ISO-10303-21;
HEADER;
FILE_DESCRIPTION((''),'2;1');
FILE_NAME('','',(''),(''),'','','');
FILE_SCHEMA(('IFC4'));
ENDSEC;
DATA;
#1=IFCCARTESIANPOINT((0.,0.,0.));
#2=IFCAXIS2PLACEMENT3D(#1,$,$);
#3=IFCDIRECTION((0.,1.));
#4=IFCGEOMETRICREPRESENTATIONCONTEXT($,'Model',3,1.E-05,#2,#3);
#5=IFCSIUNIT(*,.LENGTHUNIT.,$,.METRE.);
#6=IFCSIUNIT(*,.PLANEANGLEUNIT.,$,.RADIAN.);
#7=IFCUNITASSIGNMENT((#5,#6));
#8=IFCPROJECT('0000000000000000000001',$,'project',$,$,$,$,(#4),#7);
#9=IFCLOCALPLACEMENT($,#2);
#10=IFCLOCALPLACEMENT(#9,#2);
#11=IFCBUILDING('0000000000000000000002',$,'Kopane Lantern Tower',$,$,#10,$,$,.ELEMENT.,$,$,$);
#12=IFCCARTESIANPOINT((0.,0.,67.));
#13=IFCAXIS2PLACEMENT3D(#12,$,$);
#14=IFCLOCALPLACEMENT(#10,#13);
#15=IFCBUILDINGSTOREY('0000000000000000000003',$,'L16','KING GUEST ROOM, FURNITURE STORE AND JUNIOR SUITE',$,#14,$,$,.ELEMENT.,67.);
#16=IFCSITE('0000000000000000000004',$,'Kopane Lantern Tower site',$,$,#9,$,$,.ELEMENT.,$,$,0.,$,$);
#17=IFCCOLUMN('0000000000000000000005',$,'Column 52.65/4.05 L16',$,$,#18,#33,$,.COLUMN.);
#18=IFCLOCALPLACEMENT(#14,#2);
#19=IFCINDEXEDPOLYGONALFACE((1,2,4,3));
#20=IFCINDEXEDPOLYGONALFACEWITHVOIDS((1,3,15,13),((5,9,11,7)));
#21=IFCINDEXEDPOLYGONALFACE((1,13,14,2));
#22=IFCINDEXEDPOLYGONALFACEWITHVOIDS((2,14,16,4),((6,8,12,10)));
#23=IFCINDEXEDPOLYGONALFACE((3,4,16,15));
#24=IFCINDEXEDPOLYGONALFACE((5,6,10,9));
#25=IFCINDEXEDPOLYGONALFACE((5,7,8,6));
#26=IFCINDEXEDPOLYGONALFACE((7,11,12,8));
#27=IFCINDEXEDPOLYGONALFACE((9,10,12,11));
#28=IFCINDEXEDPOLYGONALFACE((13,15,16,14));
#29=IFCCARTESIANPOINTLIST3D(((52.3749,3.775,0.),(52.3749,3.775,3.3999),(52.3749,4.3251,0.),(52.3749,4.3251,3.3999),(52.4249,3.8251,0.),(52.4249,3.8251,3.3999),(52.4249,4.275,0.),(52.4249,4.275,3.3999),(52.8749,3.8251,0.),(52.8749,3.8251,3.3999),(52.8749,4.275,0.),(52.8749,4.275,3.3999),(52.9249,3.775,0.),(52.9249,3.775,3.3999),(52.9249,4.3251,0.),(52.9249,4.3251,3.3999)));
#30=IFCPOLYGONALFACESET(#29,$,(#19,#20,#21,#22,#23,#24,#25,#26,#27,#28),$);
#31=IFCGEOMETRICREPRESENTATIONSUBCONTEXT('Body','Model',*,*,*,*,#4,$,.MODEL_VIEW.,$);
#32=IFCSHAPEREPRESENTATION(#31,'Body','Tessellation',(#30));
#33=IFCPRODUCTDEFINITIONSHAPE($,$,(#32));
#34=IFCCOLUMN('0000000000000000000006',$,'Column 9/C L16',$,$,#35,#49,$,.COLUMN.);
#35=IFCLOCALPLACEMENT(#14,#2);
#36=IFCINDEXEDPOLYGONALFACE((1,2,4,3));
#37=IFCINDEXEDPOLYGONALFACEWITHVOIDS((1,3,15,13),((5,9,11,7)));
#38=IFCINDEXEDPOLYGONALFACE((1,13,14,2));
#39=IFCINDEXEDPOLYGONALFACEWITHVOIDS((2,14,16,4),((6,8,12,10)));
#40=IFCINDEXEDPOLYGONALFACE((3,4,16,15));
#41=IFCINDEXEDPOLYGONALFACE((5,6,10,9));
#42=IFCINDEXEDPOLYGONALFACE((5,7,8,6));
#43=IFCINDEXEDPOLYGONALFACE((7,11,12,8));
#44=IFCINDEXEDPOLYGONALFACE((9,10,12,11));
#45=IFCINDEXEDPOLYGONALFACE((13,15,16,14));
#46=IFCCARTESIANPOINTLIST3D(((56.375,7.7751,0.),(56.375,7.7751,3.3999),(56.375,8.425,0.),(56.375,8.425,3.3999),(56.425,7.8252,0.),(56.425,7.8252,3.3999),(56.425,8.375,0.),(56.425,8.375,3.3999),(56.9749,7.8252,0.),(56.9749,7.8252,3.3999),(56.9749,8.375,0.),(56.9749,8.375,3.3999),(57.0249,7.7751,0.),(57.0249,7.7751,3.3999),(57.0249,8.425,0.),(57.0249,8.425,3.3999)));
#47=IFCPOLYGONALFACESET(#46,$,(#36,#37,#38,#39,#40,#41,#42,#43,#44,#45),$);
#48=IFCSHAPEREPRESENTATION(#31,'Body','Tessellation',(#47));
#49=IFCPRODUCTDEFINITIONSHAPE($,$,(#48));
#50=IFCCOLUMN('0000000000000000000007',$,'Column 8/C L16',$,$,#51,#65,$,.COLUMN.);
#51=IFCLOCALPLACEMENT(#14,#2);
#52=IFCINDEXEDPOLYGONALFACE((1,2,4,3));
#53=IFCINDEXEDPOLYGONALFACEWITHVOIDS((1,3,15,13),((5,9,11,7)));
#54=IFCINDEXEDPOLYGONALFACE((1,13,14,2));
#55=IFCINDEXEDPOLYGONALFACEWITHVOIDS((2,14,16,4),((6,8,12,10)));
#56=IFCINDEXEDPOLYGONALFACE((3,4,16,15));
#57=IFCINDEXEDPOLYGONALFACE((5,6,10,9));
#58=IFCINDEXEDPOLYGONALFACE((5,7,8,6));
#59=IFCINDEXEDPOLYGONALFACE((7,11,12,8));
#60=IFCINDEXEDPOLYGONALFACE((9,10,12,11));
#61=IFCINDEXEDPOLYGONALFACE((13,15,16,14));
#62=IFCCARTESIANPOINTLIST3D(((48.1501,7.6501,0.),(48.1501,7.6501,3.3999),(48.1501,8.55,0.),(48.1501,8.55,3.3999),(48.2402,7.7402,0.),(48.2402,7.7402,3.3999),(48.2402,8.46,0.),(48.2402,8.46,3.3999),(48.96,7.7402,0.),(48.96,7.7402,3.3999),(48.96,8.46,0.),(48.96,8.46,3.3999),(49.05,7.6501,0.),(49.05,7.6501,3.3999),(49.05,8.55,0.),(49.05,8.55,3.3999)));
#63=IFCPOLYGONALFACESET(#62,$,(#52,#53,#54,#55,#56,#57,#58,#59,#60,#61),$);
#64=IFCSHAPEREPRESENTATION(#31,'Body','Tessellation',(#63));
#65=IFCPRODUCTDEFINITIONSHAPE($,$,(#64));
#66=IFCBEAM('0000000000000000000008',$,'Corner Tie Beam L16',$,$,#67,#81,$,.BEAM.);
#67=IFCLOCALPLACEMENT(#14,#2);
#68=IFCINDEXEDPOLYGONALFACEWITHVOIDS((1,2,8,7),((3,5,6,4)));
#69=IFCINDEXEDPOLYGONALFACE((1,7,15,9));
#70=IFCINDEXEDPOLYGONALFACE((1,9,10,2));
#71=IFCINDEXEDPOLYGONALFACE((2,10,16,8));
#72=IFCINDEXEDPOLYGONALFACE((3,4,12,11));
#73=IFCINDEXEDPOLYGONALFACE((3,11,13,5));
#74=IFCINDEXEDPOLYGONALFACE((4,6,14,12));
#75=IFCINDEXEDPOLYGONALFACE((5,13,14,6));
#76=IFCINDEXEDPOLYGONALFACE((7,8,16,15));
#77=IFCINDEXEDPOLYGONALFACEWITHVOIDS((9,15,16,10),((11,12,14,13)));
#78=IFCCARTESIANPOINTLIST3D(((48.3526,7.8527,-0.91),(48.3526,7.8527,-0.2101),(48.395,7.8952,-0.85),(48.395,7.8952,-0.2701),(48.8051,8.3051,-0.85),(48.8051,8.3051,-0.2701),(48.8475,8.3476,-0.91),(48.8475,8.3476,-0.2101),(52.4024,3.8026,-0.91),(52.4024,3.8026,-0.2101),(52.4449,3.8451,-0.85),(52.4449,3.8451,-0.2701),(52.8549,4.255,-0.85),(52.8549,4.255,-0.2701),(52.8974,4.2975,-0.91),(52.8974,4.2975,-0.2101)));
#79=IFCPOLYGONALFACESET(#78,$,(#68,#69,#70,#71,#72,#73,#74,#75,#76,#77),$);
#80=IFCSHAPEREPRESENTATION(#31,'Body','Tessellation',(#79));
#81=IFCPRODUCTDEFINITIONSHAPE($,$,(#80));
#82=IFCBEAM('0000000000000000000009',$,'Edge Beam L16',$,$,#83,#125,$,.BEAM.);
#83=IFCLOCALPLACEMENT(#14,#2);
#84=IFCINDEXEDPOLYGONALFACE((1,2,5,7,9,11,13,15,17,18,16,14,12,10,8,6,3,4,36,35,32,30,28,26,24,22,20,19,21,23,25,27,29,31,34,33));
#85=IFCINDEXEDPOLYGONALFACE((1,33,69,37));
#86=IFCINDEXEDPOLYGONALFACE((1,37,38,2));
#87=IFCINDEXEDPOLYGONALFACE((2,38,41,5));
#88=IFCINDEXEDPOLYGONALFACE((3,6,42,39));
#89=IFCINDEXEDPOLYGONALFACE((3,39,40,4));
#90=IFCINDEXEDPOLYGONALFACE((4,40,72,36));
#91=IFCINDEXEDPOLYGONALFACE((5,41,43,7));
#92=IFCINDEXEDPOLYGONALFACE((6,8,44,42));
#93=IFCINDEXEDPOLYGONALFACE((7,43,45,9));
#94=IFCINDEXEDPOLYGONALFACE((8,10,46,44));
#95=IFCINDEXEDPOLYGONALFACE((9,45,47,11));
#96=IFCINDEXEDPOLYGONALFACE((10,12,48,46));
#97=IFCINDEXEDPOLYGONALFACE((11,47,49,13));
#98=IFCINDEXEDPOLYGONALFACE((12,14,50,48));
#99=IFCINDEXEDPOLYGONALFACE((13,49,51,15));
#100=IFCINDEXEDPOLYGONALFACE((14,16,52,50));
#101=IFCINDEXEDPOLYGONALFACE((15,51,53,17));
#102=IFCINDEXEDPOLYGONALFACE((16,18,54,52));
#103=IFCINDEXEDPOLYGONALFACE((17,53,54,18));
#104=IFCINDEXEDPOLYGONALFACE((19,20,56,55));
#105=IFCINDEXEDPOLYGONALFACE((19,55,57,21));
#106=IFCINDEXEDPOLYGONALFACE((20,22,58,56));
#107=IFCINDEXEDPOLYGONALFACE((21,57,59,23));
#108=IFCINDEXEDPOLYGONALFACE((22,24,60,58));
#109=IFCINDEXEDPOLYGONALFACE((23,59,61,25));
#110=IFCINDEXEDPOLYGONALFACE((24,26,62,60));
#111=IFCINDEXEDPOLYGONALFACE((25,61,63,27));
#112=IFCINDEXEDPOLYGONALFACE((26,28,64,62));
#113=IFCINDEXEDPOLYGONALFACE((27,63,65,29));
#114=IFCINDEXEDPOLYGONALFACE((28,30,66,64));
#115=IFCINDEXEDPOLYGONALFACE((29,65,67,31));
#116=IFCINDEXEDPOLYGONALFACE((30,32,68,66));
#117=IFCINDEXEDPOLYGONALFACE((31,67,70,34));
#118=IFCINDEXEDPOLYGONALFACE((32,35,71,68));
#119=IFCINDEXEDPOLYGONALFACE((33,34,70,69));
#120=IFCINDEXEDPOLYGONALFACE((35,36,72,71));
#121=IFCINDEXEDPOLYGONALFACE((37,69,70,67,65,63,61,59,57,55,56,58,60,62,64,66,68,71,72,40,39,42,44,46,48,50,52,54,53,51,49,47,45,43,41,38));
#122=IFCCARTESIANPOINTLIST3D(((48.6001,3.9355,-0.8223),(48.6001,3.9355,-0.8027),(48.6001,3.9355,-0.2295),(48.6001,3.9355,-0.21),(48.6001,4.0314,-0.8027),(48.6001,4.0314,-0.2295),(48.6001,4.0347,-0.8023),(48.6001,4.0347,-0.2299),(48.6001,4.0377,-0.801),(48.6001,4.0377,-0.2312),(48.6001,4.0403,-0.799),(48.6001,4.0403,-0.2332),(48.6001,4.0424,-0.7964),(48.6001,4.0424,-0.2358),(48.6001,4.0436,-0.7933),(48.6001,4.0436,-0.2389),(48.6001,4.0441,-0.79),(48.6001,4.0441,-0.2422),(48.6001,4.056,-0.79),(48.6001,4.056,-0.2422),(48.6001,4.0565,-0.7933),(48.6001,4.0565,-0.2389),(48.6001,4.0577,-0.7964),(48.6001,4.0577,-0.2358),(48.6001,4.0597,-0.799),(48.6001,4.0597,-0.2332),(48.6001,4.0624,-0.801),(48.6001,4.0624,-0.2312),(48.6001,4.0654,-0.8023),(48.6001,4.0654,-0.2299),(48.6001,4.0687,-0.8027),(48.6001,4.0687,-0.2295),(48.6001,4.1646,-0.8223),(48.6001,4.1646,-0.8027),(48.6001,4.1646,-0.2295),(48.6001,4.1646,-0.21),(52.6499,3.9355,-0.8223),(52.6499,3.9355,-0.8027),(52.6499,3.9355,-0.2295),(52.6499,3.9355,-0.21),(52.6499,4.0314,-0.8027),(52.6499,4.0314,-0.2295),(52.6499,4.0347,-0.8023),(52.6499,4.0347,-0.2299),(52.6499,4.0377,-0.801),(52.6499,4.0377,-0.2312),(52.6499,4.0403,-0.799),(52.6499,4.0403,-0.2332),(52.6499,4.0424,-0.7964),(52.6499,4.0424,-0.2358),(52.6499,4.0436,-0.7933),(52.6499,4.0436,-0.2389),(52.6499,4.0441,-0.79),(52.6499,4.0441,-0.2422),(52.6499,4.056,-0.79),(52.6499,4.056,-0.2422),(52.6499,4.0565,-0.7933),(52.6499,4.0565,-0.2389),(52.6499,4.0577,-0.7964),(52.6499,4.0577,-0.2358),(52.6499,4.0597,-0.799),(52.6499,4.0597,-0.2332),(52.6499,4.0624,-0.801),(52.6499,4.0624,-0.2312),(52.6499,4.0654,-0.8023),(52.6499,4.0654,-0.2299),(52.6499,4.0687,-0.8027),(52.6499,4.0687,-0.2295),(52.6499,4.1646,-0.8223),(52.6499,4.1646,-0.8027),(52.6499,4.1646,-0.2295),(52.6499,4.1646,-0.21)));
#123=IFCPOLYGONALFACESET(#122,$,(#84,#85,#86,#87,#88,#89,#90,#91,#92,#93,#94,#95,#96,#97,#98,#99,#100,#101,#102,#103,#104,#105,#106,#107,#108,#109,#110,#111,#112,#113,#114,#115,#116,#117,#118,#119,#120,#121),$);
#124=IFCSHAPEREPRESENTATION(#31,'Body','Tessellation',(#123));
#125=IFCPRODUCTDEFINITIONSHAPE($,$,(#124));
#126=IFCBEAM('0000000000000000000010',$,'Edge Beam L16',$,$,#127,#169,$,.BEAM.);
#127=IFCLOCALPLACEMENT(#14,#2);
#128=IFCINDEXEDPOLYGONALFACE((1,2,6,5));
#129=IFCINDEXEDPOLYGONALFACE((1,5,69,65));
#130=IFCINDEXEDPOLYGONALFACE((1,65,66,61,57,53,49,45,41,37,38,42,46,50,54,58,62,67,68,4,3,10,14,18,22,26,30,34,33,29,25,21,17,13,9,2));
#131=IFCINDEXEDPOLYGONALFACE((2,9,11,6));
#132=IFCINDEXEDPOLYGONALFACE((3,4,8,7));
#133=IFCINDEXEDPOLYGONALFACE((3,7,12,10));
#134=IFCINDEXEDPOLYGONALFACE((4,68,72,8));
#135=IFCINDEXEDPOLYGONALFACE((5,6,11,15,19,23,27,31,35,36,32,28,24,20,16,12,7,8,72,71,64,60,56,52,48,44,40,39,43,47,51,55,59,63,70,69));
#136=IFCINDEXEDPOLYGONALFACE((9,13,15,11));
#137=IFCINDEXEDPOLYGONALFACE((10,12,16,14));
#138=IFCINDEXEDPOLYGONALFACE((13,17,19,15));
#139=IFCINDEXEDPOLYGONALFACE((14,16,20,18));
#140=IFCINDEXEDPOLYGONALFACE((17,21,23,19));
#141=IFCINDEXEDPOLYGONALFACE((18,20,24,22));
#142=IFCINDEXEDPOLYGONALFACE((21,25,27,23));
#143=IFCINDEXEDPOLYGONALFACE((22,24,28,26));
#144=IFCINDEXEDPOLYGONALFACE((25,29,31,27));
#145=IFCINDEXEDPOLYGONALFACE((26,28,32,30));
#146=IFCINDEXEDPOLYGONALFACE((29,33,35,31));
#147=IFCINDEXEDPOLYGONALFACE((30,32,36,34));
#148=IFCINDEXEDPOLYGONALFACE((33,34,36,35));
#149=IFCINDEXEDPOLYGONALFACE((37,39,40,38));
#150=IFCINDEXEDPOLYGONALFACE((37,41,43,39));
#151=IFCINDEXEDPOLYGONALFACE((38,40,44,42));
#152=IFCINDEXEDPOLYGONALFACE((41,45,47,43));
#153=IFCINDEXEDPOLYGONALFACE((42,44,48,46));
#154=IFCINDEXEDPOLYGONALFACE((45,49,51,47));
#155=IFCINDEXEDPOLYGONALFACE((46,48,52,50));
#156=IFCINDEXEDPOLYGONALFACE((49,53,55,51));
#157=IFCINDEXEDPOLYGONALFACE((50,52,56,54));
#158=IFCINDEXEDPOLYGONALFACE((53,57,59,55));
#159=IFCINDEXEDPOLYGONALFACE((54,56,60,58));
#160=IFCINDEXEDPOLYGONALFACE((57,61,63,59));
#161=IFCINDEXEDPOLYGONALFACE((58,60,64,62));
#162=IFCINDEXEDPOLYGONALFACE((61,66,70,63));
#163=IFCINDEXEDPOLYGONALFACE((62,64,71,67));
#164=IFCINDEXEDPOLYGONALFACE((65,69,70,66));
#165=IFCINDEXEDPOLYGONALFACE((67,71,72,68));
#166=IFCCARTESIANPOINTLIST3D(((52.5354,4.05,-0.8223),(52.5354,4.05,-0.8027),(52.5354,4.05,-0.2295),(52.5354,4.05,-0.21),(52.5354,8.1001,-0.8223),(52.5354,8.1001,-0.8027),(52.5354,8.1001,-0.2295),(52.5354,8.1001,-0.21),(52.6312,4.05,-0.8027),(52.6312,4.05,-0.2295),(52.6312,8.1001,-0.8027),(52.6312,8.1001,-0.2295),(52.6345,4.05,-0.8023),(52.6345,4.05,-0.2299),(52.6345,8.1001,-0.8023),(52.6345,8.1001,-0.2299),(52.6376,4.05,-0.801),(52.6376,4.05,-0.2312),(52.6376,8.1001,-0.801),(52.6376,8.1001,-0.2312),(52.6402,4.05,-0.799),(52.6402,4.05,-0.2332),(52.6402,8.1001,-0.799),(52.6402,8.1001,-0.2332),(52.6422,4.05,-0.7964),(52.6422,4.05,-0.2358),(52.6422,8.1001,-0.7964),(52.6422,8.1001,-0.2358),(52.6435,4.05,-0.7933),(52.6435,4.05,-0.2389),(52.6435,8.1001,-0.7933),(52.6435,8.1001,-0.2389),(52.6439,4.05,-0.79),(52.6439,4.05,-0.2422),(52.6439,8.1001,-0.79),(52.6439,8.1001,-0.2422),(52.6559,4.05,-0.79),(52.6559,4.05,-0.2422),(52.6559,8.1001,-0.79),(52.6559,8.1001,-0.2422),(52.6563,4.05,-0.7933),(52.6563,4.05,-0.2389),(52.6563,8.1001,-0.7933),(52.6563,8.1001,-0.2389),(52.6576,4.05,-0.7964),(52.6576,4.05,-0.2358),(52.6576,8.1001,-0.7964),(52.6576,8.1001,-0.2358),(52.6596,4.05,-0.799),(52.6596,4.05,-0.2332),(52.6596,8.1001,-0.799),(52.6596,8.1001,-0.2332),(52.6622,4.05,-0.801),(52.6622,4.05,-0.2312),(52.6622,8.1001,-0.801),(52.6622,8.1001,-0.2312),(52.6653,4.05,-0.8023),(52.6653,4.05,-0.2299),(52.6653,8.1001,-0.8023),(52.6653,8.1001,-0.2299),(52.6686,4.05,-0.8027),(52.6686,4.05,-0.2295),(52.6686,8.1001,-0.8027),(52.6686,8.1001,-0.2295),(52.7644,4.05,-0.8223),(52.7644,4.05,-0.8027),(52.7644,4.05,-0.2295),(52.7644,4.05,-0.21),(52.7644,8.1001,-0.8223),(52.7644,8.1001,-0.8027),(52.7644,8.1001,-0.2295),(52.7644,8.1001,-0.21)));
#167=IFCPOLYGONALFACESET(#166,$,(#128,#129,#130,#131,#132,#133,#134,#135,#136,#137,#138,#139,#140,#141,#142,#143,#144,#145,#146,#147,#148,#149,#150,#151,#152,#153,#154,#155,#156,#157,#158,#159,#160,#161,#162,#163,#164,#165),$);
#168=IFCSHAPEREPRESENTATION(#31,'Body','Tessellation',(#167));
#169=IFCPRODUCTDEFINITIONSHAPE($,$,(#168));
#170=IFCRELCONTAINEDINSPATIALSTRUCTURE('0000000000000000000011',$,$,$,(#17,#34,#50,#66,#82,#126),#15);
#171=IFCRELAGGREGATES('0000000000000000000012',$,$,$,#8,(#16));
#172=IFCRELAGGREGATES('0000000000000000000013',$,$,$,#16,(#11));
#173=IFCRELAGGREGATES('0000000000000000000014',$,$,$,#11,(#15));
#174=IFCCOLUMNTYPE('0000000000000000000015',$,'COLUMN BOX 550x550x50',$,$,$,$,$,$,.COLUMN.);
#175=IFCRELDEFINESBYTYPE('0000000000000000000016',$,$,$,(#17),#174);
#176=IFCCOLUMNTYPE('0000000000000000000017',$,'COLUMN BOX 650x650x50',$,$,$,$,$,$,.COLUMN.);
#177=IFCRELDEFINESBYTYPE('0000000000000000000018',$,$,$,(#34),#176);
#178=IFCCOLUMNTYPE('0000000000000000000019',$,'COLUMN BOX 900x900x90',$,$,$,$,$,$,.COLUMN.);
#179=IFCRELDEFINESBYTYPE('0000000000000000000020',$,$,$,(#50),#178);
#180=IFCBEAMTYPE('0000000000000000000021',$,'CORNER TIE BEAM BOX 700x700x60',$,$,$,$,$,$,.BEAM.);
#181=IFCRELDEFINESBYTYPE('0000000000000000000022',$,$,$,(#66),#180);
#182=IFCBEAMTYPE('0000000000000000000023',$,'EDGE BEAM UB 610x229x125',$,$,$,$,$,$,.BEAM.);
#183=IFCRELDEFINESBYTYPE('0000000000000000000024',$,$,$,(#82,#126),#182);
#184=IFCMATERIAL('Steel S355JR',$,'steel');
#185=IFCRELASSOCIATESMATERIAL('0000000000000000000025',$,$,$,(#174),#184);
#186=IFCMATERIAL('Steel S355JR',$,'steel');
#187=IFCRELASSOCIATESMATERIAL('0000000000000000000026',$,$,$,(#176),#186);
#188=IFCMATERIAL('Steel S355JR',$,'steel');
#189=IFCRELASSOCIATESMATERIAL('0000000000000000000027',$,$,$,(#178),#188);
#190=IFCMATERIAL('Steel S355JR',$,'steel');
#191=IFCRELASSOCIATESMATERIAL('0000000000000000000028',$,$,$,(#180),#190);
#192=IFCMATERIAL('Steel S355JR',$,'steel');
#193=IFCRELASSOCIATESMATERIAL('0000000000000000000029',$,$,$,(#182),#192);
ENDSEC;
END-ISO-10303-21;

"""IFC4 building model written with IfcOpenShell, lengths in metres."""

from ifc_helpers import new_model, si_unit, direction, frame, origin, origin_2d, place, context, subcontext, project, spatial, hollow_rectangle, i_section, extrude, material, material_profile, profile_set, type_object, element, save


model = new_model("IFC4")

# Units and contexts
model_context = context("Model", 3, precision=1e-05, world=origin(), true_north=direction((0.0, 1.0)))
body_context = subcontext(model_context, "Body", "Model", "MODEL_VIEW")
ifc_project = project(units=[si_unit("LENGTHUNIT", "METRE"), si_unit("PLANEANGLEUNIT", "RADIAN")], contexts=[model_context])

# Site, building, storey
site_placement = place(None, origin())
site = spatial("IfcSite", under=ifc_project, at=site_placement, Name="Kopane Lantern Tower site", CompositionType="ELEMENT", RefElevation=0.0)
building_placement = place(site_placement, origin())
building = spatial("IfcBuilding", under=site, at=building_placement, Name="Kopane Lantern Tower", CompositionType="ELEMENT")
storey_placement = place(building_placement, frame((0.0, 0.0, 67.0)))
storey = spatial("IfcBuildingStorey", under=building, at=storey_placement, Name="L16", Description="KING GUEST ROOM, FURNITURE STORE AND JUNIOR SUITE", CompositionType="ELEMENT", Elevation=67.0)

# Columns
ifc_material_1 = material(Name="Steel S355JR", Category="steel")
ifc_material_profile_1 = material_profile(ifc_material_1, hollow_rectangle(XDim=0.55, YDim=0.55, WallThickness=0.05, at=origin_2d()), Name="BOX 550x550x50")
ifc_profile_set_1 = profile_set([ifc_material_profile_1], Name="Steel S355JR")
column_type_1 = type_object("IfcColumnType", Name="COLUMN BOX 550x550x50", PredefinedType="COLUMN", material=ifc_profile_set_1)
column_1_placement = place(storey_placement, frame((52.6499, 4.05, 0.0), z_axis=(0.0, 0.0, 1.0), x_axis=(1.0, 0.0, 0.0)))
element("IfcColumn", 1, at=column_1_placement, inside=storey, type_object=column_type_1, Name="Column 52.65/4.05 L16", PredefinedType="COLUMN", context=body_context, shape_type="SweptSolid", body=[
    extrude(hollow_rectangle(XDim=0.55, YDim=0.55, WallThickness=0.05, at=origin_2d()), origin(), (0.0, 0.0, 1.0), 3.3999),
])
ifc_material_2 = material(Name="Steel S355JR", Category="steel")
ifc_material_profile_2 = material_profile(ifc_material_2, hollow_rectangle(XDim=0.6499, YDim=0.6499, WallThickness=0.05, at=origin_2d()), Name="BOX 650x650x50")
ifc_profile_set_2 = profile_set([ifc_material_profile_2], Name="Steel S355JR")
column_type_2 = type_object("IfcColumnType", Name="COLUMN BOX 650x650x50", PredefinedType="COLUMN", material=ifc_profile_set_2)
column_2_placement = place(storey_placement, frame((56.7, 8.1001, 0.0), z_axis=(0.0, 0.0, 1.0), x_axis=(1.0, 0.0, 0.0)))
element("IfcColumn", 2, at=column_2_placement, inside=storey, type_object=column_type_2, Name="Column 9/C L16", PredefinedType="COLUMN", context=body_context, shape_type="SweptSolid", body=[
    extrude(hollow_rectangle(XDim=0.6499, YDim=0.6499, WallThickness=0.05, at=origin_2d()), origin(), (0.0, 0.0, 1.0), 3.3999),
])
ifc_material_3 = material(Name="Steel S355JR", Category="steel")
ifc_material_profile_3 = material_profile(ifc_material_3, hollow_rectangle(XDim=0.8999, YDim=0.8999, WallThickness=0.0901, at=origin_2d()), Name="BOX 900x900x90")
ifc_profile_set_3 = profile_set([ifc_material_profile_3], Name="Steel S355JR")
column_type_3 = type_object("IfcColumnType", Name="COLUMN BOX 900x900x90", PredefinedType="COLUMN", material=ifc_profile_set_3)
column_3_placement = place(storey_placement, frame((48.6001, 8.1001, 0.0), z_axis=(0.0, 0.0, 1.0), x_axis=(1.0, 0.0, 0.0)))
element("IfcColumn", 3, at=column_3_placement, inside=storey, type_object=column_type_3, Name="Column 8/C L16", PredefinedType="COLUMN", context=body_context, shape_type="SweptSolid", body=[
    extrude(hollow_rectangle(XDim=0.8999, YDim=0.8999, WallThickness=0.0901, at=origin_2d()), origin(), (0.0, 0.0, 1.0), 3.3999),
])

# Beams
ifc_material_4 = material(Name="Steel S355JR", Category="steel")
ifc_material_profile_4 = material_profile(ifc_material_4, hollow_rectangle(XDim=0.7, YDim=0.7, WallThickness=0.0601, at=origin_2d()), Name="BOX 700x700x60")
ifc_profile_set_4 = profile_set([ifc_material_profile_4], Name="Steel S355JR")
beam_type_1 = type_object("IfcBeamType", Name="CORNER TIE BEAM BOX 700x700x60", PredefinedType="BEAM", material=ifc_profile_set_4)
beam_1_placement = place(storey_placement, frame((52.6499, 4.05, -0.5601), z_axis=(-0.707085, 0.707128, 0.0), x_axis=(-0.707128, -0.707085, 0.0)))
element("IfcBeam", 4, at=beam_1_placement, inside=storey, type_object=beam_type_1, Name="Corner Tie Beam L16", PredefinedType="BEAM", context=body_context, shape_type="SweptSolid", body=[
    extrude(hollow_rectangle(XDim=0.7, YDim=0.7, WallThickness=0.0601, at=origin_2d()), origin(), (0.0, 0.0, 1.0), 5.7275),
])
ifc_material_5 = material(Name="Steel S355JR", Category="steel")
ifc_material_profile_5 = material_profile(ifc_material_5, i_section(OverallWidth=0.229, OverallDepth=0.6123, WebThickness=0.012, FlangeThickness=0.0195, FilletRadius=0.0127, at=origin_2d()), Name="UB 610x229x125")
ifc_profile_set_5 = profile_set([ifc_material_profile_5], Name="Steel S355JR")
beam_type_2 = type_object("IfcBeamType", Name="EDGE BEAM UB 610x229x125", PredefinedType="BEAM", material=ifc_profile_set_5)
beam_2_placement = place(storey_placement, frame((52.6499, 4.05, -0.5161), z_axis=(-1.0, 0.0, 0.0), x_axis=(0.0, -1.0, 0.0)))
element("IfcBeam", 5, at=beam_2_placement, inside=storey, type_object=beam_type_2, Name="Edge Beam L16", PredefinedType="BEAM", context=body_context, shape_type="SweptSolid", body=[
    extrude(i_section(OverallWidth=0.229, OverallDepth=0.6123, WebThickness=0.012, FlangeThickness=0.0195, FilletRadius=0.0127, at=origin_2d()), origin(), (0.0, 0.0, 1.0), 4.0498),
])
beam_3_placement = place(storey_placement, frame((52.6499, 4.05, -0.5161), z_axis=(0.0, 1.0, 0.0), x_axis=(-1.0, 0.0, 0.0)))
element("IfcBeam", 6, at=beam_3_placement, inside=storey, type_object=beam_type_2, Name="Edge Beam L16", PredefinedType="BEAM", context=body_context, shape_type="SweptSolid", body=[
    extrude(i_section(OverallWidth=0.229, OverallDepth=0.6123, WebThickness=0.012, FlangeThickness=0.0195, FilletRadius=0.0127, at=origin_2d()), origin(), (0.0, 0.0, 1.0), 4.05),
])

save(model, "model.ifc")
